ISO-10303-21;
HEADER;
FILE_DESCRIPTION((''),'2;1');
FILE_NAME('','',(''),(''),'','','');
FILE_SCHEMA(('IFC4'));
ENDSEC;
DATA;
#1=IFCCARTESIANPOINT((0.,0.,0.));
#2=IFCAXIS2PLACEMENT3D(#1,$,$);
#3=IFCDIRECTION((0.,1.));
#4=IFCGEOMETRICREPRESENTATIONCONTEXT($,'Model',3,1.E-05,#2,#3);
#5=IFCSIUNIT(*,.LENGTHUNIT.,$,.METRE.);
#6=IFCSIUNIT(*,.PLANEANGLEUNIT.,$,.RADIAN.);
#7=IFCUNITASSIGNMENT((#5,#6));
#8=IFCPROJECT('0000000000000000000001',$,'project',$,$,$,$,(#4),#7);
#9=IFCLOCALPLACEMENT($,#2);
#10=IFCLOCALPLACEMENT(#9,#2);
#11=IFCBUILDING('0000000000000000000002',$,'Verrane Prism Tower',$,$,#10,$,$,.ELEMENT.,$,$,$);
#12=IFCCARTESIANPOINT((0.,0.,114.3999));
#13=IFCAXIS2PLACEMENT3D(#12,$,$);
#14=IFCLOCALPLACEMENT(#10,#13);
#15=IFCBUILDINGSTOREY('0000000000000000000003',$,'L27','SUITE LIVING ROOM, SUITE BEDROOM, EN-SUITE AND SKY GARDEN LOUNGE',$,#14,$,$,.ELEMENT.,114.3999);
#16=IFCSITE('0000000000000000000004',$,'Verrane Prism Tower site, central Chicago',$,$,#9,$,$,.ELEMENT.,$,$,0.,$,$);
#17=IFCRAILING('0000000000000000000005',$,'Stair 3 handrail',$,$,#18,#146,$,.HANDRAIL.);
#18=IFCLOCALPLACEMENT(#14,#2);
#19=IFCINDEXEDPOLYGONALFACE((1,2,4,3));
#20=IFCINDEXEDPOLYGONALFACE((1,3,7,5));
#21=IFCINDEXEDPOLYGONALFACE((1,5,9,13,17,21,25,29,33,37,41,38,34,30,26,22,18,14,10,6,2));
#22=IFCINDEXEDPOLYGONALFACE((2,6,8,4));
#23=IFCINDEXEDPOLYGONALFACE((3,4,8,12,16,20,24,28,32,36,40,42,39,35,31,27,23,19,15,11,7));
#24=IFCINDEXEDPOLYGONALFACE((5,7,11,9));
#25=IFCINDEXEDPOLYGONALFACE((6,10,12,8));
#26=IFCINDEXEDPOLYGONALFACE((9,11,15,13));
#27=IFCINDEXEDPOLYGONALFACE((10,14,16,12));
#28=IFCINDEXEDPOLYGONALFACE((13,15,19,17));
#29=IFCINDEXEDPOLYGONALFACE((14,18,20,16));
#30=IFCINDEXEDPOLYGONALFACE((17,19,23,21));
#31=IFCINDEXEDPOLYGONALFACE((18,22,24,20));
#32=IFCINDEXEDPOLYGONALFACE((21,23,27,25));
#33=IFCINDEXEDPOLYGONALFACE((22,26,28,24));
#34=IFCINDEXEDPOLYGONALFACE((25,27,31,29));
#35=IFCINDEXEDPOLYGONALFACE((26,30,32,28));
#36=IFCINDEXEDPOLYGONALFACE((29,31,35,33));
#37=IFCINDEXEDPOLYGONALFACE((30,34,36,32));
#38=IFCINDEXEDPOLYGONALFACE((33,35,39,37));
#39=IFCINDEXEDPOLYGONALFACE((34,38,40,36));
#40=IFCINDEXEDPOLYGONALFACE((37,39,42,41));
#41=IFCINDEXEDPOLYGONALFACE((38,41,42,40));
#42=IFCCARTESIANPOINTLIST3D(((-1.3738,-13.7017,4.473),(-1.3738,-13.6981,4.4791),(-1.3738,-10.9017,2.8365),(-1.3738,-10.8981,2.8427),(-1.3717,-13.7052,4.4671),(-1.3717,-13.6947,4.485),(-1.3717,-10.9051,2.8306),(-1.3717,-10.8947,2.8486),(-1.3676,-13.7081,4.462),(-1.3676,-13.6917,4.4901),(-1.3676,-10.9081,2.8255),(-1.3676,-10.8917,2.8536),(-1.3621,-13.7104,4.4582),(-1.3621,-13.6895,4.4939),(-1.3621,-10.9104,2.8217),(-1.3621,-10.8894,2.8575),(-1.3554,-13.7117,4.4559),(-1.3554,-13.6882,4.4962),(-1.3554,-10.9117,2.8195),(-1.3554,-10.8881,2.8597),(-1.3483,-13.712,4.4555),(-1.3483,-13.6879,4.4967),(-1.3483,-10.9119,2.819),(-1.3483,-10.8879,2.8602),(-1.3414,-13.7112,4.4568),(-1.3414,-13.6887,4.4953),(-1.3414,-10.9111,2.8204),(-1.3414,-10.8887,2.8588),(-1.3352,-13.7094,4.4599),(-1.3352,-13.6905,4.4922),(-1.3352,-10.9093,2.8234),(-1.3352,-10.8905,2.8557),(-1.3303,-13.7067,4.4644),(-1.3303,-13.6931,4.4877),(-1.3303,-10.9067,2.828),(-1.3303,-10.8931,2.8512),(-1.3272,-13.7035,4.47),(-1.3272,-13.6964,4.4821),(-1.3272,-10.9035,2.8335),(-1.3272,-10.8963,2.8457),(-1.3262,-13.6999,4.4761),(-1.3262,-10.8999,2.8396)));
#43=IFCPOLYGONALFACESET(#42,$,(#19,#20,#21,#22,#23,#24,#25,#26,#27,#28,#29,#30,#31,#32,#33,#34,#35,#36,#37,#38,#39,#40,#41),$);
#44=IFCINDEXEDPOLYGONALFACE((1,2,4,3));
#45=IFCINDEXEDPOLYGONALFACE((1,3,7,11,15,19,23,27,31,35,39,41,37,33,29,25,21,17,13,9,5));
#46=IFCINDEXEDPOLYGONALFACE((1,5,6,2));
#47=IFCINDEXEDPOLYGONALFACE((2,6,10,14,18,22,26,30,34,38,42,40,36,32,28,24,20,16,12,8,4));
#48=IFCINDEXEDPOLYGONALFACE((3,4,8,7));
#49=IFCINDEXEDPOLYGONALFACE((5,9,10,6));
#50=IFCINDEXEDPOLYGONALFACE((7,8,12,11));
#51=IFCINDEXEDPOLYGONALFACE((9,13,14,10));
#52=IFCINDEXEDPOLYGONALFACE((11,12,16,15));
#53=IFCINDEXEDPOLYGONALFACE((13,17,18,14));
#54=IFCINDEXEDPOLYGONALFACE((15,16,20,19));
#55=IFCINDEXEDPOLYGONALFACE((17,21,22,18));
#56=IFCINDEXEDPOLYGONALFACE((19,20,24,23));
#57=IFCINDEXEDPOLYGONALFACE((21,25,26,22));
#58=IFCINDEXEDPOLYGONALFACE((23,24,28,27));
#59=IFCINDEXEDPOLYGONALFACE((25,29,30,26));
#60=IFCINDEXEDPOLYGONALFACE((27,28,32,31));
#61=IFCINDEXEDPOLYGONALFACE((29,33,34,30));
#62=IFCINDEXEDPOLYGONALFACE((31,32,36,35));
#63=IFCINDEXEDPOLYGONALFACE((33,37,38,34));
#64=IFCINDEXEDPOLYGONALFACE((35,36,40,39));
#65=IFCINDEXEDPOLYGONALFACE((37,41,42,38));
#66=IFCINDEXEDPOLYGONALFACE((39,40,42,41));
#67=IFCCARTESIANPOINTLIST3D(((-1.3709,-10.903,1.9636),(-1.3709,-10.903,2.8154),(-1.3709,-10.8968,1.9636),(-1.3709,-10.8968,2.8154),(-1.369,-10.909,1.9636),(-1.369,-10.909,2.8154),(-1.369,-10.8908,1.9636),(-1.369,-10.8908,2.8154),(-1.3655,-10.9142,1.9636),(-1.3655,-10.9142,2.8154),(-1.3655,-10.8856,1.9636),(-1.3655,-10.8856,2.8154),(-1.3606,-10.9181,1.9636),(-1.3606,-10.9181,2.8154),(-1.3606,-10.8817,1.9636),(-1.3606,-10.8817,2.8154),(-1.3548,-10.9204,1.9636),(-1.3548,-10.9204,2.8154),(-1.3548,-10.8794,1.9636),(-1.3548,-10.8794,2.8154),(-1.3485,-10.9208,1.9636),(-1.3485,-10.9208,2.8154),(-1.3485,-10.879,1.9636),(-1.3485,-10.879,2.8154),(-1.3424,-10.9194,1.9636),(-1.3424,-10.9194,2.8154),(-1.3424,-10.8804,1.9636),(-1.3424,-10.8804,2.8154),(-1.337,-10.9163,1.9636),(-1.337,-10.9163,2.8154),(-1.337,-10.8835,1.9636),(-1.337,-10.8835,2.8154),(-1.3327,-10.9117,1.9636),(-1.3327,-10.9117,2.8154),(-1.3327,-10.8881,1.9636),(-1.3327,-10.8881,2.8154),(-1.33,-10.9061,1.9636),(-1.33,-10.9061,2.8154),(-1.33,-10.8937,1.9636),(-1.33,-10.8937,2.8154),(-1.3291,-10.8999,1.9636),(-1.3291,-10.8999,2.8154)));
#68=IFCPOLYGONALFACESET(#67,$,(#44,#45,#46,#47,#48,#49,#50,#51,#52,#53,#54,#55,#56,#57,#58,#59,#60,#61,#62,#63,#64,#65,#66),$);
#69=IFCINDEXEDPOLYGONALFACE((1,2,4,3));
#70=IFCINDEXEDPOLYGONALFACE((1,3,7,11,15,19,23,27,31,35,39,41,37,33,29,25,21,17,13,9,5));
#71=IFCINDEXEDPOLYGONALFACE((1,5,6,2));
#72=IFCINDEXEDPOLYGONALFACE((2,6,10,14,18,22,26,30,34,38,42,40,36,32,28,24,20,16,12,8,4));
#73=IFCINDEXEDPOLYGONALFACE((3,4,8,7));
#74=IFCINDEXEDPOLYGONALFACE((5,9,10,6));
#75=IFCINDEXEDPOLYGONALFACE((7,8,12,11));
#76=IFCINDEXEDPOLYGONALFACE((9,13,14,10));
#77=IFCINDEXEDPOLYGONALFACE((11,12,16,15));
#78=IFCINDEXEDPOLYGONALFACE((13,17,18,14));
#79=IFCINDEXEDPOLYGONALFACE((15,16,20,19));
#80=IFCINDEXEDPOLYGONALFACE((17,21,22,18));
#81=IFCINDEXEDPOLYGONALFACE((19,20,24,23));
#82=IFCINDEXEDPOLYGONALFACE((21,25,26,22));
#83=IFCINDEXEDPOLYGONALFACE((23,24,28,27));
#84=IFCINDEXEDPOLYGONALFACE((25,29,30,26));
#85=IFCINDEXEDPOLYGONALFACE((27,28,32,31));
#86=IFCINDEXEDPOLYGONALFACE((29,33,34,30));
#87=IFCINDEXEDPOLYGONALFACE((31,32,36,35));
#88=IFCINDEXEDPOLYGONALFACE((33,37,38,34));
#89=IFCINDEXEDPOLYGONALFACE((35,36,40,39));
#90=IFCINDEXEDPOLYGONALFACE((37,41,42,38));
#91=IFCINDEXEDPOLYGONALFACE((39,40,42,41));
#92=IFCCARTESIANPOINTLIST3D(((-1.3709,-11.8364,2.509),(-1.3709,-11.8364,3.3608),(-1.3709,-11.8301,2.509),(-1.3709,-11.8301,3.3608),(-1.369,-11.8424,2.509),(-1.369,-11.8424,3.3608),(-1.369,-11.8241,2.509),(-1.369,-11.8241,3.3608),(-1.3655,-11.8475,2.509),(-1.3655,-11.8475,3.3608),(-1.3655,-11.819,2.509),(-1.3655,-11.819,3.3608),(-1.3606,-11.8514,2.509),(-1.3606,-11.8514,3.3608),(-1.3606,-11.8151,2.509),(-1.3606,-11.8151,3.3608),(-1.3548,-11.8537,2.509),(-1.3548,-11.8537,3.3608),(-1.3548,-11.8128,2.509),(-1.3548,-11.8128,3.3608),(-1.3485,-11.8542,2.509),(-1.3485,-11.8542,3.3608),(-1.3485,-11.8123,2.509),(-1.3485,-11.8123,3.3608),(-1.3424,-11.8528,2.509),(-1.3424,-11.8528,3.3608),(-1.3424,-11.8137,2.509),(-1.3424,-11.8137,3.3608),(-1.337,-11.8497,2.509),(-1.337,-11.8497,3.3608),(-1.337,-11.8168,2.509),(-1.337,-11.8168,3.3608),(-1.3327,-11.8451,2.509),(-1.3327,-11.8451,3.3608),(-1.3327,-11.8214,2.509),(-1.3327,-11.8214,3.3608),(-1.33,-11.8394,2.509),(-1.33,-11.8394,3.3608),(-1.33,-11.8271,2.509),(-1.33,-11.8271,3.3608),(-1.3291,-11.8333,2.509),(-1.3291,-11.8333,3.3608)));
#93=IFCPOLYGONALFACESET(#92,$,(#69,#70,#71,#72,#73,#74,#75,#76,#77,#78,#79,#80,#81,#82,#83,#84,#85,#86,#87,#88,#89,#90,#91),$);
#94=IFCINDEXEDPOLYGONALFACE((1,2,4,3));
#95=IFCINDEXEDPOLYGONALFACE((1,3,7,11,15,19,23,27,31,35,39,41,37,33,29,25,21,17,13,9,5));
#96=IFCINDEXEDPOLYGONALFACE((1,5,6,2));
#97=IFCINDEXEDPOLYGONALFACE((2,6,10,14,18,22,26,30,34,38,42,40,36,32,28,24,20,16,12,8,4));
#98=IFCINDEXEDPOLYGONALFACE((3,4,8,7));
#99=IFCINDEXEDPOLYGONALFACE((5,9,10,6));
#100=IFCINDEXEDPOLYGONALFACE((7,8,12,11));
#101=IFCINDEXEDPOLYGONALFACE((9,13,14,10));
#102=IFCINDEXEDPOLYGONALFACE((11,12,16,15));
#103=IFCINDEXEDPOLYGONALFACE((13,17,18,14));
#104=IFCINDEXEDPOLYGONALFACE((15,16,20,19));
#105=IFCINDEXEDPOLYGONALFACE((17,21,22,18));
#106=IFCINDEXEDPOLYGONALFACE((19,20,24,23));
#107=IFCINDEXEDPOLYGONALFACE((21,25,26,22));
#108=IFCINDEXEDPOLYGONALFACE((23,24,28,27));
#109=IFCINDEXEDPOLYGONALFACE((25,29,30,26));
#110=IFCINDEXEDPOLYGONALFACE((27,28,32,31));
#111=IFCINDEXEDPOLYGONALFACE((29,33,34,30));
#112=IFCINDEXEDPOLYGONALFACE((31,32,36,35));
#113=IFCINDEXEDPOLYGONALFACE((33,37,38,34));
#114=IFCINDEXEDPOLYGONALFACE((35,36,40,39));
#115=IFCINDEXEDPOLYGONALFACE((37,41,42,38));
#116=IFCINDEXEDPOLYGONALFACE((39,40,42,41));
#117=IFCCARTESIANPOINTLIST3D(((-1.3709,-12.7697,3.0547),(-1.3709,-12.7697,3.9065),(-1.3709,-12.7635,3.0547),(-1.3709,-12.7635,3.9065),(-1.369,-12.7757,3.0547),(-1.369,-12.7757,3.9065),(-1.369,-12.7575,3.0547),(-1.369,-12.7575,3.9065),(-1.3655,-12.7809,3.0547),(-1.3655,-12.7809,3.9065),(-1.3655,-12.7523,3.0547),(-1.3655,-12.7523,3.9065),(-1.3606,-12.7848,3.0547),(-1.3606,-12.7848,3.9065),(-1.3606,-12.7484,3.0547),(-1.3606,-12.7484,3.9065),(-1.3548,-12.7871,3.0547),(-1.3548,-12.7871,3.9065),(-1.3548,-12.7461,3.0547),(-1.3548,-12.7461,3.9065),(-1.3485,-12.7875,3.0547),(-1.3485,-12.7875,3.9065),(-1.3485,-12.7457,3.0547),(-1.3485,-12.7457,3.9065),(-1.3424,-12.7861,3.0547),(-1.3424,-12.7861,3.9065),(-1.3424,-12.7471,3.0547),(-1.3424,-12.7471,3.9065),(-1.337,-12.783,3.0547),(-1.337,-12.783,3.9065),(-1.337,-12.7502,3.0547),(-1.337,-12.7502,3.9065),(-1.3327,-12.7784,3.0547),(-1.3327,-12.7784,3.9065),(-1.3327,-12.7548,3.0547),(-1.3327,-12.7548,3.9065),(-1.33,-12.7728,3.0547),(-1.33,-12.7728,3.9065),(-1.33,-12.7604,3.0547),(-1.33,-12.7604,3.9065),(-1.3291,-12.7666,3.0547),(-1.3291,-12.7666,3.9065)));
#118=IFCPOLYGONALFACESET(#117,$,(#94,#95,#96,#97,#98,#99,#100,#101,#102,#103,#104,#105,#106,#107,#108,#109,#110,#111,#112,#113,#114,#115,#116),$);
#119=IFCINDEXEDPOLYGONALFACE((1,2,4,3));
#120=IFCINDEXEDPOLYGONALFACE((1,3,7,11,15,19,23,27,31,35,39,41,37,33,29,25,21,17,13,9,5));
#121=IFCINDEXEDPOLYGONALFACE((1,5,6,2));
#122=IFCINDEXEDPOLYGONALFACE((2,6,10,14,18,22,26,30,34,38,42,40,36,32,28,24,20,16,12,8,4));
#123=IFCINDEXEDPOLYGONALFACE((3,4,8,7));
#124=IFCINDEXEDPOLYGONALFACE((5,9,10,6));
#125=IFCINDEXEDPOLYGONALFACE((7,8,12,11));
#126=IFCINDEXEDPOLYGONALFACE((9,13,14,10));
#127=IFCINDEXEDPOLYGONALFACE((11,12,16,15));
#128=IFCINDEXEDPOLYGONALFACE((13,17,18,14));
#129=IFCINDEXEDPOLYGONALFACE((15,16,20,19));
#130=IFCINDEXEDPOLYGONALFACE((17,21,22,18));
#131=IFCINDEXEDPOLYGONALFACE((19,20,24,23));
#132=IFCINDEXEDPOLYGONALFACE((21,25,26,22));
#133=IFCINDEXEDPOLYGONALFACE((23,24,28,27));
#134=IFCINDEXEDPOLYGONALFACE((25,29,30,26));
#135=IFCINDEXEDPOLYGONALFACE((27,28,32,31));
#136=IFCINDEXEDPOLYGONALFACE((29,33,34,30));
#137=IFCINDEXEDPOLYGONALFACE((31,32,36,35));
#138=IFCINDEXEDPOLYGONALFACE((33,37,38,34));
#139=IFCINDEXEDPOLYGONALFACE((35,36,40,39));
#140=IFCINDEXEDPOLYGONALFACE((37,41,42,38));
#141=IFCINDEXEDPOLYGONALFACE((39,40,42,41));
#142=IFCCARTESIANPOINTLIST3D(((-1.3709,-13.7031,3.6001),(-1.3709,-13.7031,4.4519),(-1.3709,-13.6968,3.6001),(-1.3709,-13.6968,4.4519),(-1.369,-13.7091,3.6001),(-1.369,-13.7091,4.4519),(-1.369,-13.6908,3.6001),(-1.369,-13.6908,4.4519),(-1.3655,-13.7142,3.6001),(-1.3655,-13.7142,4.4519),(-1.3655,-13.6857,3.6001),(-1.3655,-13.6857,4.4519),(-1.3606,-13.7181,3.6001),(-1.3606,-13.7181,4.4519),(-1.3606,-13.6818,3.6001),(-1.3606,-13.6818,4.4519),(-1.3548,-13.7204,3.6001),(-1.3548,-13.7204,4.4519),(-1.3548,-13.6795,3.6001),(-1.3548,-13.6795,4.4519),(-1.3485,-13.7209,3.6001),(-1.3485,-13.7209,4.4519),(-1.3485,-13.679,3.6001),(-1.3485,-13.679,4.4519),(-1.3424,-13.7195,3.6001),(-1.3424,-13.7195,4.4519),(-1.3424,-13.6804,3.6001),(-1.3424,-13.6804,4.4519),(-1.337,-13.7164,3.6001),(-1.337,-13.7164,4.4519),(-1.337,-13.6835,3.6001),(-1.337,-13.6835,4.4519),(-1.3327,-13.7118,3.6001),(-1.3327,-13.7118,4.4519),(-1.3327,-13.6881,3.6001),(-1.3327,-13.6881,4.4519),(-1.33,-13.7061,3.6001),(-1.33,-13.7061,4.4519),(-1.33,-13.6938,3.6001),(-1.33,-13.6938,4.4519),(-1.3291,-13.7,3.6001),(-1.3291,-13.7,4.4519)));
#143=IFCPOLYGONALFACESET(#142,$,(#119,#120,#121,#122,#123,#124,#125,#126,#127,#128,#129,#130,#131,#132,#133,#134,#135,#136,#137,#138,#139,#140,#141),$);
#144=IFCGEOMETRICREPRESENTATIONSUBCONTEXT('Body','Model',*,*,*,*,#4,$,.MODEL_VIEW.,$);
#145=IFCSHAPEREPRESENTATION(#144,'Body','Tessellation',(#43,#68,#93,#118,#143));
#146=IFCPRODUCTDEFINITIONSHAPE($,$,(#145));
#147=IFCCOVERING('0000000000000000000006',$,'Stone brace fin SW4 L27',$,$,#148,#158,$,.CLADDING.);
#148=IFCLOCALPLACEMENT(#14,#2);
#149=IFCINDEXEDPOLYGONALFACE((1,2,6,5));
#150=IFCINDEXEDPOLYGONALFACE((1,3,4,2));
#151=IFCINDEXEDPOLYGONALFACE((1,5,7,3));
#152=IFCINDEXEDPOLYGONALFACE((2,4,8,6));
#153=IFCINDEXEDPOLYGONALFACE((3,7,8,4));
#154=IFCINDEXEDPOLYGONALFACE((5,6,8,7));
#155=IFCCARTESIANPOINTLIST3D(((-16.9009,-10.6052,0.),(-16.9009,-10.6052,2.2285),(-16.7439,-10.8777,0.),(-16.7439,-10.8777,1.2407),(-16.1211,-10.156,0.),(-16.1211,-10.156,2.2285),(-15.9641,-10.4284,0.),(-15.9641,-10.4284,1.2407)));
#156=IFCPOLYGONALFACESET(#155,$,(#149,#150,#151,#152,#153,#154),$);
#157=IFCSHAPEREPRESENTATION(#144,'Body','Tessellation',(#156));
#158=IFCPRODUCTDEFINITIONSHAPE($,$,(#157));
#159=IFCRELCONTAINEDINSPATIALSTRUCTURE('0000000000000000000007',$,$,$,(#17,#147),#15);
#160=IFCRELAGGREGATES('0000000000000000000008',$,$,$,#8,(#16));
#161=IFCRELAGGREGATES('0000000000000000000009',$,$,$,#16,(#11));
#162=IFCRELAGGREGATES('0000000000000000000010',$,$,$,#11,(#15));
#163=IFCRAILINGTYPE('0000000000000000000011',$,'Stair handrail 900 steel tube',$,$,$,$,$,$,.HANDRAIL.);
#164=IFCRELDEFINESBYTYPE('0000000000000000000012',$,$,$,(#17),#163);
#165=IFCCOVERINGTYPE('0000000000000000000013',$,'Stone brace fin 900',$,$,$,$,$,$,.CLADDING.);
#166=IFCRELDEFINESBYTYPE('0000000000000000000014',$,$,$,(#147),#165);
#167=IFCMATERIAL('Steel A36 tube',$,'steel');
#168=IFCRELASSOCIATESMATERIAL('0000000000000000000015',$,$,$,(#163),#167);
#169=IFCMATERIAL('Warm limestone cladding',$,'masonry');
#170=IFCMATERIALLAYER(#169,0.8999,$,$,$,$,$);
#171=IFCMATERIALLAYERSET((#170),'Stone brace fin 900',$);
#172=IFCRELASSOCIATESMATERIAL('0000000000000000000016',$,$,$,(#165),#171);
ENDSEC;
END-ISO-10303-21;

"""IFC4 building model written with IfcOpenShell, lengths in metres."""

from ifc_helpers import new_model, si_unit, direction, frame, origin, origin_2d, place, context, subcontext, project, spatial, polyline, circle, outline, extrude, material, layer, layer_set, type_object, element, save


model = new_model("IFC4")

# Units and contexts
model_context = context("Model", 3, precision=1e-05, world=origin(), true_north=direction((0.0, 1.0)))
body_context = subcontext(model_context, "Body", "Model", "MODEL_VIEW")
ifc_project = project(units=[si_unit("LENGTHUNIT", "METRE"), si_unit("PLANEANGLEUNIT", "RADIAN")], contexts=[model_context])

# Site, building, storey
site_placement = place(None, origin())
site = spatial("IfcSite", under=ifc_project, at=site_placement, Name="Verrane Prism Tower site, central Chicago", CompositionType="ELEMENT", RefElevation=0.0)
building_placement = place(site_placement, origin())
building = spatial("IfcBuilding", under=site, at=building_placement, Name="Verrane Prism Tower", CompositionType="ELEMENT")
storey_placement = place(building_placement, frame((0.0, 0.0, 114.3999)))
storey = spatial("IfcBuildingStorey", under=building, at=storey_placement, Name="L27", Description="SUITE LIVING ROOM, SUITE BEDROOM, EN-SUITE AND SKY GARDEN LOUNGE", CompositionType="ELEMENT", Elevation=114.3999)

# Railing
ifc_material_1 = material(Name="Steel A36 tube", Category="steel")
railing_type = type_object("IfcRailingType", Name="Stair handrail 900 steel tube", PredefinedType="HANDRAIL", material=ifc_material_1)
railing_placement = place(storey_placement, frame((-1.3501, -10.8999, 1.9636)))
element("IfcRailing", 1, at=railing_placement, inside=storey, type_object=railing_type, Name="Stair 3 handrail", PredefinedType="HANDRAIL", context=body_context, shape_type="SweptSolid", body=[
    extrude(circle(Radius=0.0239, at=origin_2d()), frame((0.0, 0.0, 0.876), z_axis=(0.0, -0.863361, 0.504587), x_axis=(1.0, 0.0, 0.0)), (0.0, 0.0, 1.0), 3.2432),
    extrude(circle(Radius=0.021, at=origin_2d()), origin(), (0.0, 0.0, 1.0), 0.8518),
    extrude(circle(Radius=0.021, at=origin_2d()), frame((0.0, -0.9333, 0.5454)), (0.0, 0.0, 1.0), 0.8518),
    extrude(circle(Radius=0.021, at=origin_2d()), frame((0.0, -1.8667, 1.0911)), (0.0, 0.0, 1.0), 0.8518),
    extrude(circle(Radius=0.021, at=origin_2d()), frame((0.0, -2.8, 1.6365)), (0.0, 0.0, 1.0), 0.8518),
])

# Covering
ifc_material_2 = material(Name="Warm limestone cladding", Category="masonry")
ifc_layer_1 = layer(ifc_material_2, 0.8999)
ifc_layer_set_1 = layer_set([ifc_layer_1], Name="Stone brace fin 900")
covering_type = type_object("IfcCoveringType", Name="Stone brace fin 900", PredefinedType="CLADDING", material=ifc_layer_set_1)
covering_placement = place(storey_placement, frame((-16.354, -10.6531, 0.0), z_axis=(0.0, 0.0, 1.0), x_axis=(-0.499229, 0.86647, 0.0)))
element("IfcCovering", 2, at=covering_placement, inside=storey, type_object=covering_type, Name="Stone brace fin SW4 L27", PredefinedType="CLADDING", context=body_context, shape_type="SweptSolid", body=[
    extrude(outline(polyline([(0.0, 0.0), (0.3145, 0.0), (0.3145, 2.2285), (0.0, 1.2407), (0.0, 0.0)])), frame((0.0, 0.45, 0.0), z_axis=(0.0, -1.0, 0.0), x_axis=(1.0, 0.0, 0.0)), (0.0, 0.0, 1.0), 0.8999),
])

save(model, "model.ifc")
